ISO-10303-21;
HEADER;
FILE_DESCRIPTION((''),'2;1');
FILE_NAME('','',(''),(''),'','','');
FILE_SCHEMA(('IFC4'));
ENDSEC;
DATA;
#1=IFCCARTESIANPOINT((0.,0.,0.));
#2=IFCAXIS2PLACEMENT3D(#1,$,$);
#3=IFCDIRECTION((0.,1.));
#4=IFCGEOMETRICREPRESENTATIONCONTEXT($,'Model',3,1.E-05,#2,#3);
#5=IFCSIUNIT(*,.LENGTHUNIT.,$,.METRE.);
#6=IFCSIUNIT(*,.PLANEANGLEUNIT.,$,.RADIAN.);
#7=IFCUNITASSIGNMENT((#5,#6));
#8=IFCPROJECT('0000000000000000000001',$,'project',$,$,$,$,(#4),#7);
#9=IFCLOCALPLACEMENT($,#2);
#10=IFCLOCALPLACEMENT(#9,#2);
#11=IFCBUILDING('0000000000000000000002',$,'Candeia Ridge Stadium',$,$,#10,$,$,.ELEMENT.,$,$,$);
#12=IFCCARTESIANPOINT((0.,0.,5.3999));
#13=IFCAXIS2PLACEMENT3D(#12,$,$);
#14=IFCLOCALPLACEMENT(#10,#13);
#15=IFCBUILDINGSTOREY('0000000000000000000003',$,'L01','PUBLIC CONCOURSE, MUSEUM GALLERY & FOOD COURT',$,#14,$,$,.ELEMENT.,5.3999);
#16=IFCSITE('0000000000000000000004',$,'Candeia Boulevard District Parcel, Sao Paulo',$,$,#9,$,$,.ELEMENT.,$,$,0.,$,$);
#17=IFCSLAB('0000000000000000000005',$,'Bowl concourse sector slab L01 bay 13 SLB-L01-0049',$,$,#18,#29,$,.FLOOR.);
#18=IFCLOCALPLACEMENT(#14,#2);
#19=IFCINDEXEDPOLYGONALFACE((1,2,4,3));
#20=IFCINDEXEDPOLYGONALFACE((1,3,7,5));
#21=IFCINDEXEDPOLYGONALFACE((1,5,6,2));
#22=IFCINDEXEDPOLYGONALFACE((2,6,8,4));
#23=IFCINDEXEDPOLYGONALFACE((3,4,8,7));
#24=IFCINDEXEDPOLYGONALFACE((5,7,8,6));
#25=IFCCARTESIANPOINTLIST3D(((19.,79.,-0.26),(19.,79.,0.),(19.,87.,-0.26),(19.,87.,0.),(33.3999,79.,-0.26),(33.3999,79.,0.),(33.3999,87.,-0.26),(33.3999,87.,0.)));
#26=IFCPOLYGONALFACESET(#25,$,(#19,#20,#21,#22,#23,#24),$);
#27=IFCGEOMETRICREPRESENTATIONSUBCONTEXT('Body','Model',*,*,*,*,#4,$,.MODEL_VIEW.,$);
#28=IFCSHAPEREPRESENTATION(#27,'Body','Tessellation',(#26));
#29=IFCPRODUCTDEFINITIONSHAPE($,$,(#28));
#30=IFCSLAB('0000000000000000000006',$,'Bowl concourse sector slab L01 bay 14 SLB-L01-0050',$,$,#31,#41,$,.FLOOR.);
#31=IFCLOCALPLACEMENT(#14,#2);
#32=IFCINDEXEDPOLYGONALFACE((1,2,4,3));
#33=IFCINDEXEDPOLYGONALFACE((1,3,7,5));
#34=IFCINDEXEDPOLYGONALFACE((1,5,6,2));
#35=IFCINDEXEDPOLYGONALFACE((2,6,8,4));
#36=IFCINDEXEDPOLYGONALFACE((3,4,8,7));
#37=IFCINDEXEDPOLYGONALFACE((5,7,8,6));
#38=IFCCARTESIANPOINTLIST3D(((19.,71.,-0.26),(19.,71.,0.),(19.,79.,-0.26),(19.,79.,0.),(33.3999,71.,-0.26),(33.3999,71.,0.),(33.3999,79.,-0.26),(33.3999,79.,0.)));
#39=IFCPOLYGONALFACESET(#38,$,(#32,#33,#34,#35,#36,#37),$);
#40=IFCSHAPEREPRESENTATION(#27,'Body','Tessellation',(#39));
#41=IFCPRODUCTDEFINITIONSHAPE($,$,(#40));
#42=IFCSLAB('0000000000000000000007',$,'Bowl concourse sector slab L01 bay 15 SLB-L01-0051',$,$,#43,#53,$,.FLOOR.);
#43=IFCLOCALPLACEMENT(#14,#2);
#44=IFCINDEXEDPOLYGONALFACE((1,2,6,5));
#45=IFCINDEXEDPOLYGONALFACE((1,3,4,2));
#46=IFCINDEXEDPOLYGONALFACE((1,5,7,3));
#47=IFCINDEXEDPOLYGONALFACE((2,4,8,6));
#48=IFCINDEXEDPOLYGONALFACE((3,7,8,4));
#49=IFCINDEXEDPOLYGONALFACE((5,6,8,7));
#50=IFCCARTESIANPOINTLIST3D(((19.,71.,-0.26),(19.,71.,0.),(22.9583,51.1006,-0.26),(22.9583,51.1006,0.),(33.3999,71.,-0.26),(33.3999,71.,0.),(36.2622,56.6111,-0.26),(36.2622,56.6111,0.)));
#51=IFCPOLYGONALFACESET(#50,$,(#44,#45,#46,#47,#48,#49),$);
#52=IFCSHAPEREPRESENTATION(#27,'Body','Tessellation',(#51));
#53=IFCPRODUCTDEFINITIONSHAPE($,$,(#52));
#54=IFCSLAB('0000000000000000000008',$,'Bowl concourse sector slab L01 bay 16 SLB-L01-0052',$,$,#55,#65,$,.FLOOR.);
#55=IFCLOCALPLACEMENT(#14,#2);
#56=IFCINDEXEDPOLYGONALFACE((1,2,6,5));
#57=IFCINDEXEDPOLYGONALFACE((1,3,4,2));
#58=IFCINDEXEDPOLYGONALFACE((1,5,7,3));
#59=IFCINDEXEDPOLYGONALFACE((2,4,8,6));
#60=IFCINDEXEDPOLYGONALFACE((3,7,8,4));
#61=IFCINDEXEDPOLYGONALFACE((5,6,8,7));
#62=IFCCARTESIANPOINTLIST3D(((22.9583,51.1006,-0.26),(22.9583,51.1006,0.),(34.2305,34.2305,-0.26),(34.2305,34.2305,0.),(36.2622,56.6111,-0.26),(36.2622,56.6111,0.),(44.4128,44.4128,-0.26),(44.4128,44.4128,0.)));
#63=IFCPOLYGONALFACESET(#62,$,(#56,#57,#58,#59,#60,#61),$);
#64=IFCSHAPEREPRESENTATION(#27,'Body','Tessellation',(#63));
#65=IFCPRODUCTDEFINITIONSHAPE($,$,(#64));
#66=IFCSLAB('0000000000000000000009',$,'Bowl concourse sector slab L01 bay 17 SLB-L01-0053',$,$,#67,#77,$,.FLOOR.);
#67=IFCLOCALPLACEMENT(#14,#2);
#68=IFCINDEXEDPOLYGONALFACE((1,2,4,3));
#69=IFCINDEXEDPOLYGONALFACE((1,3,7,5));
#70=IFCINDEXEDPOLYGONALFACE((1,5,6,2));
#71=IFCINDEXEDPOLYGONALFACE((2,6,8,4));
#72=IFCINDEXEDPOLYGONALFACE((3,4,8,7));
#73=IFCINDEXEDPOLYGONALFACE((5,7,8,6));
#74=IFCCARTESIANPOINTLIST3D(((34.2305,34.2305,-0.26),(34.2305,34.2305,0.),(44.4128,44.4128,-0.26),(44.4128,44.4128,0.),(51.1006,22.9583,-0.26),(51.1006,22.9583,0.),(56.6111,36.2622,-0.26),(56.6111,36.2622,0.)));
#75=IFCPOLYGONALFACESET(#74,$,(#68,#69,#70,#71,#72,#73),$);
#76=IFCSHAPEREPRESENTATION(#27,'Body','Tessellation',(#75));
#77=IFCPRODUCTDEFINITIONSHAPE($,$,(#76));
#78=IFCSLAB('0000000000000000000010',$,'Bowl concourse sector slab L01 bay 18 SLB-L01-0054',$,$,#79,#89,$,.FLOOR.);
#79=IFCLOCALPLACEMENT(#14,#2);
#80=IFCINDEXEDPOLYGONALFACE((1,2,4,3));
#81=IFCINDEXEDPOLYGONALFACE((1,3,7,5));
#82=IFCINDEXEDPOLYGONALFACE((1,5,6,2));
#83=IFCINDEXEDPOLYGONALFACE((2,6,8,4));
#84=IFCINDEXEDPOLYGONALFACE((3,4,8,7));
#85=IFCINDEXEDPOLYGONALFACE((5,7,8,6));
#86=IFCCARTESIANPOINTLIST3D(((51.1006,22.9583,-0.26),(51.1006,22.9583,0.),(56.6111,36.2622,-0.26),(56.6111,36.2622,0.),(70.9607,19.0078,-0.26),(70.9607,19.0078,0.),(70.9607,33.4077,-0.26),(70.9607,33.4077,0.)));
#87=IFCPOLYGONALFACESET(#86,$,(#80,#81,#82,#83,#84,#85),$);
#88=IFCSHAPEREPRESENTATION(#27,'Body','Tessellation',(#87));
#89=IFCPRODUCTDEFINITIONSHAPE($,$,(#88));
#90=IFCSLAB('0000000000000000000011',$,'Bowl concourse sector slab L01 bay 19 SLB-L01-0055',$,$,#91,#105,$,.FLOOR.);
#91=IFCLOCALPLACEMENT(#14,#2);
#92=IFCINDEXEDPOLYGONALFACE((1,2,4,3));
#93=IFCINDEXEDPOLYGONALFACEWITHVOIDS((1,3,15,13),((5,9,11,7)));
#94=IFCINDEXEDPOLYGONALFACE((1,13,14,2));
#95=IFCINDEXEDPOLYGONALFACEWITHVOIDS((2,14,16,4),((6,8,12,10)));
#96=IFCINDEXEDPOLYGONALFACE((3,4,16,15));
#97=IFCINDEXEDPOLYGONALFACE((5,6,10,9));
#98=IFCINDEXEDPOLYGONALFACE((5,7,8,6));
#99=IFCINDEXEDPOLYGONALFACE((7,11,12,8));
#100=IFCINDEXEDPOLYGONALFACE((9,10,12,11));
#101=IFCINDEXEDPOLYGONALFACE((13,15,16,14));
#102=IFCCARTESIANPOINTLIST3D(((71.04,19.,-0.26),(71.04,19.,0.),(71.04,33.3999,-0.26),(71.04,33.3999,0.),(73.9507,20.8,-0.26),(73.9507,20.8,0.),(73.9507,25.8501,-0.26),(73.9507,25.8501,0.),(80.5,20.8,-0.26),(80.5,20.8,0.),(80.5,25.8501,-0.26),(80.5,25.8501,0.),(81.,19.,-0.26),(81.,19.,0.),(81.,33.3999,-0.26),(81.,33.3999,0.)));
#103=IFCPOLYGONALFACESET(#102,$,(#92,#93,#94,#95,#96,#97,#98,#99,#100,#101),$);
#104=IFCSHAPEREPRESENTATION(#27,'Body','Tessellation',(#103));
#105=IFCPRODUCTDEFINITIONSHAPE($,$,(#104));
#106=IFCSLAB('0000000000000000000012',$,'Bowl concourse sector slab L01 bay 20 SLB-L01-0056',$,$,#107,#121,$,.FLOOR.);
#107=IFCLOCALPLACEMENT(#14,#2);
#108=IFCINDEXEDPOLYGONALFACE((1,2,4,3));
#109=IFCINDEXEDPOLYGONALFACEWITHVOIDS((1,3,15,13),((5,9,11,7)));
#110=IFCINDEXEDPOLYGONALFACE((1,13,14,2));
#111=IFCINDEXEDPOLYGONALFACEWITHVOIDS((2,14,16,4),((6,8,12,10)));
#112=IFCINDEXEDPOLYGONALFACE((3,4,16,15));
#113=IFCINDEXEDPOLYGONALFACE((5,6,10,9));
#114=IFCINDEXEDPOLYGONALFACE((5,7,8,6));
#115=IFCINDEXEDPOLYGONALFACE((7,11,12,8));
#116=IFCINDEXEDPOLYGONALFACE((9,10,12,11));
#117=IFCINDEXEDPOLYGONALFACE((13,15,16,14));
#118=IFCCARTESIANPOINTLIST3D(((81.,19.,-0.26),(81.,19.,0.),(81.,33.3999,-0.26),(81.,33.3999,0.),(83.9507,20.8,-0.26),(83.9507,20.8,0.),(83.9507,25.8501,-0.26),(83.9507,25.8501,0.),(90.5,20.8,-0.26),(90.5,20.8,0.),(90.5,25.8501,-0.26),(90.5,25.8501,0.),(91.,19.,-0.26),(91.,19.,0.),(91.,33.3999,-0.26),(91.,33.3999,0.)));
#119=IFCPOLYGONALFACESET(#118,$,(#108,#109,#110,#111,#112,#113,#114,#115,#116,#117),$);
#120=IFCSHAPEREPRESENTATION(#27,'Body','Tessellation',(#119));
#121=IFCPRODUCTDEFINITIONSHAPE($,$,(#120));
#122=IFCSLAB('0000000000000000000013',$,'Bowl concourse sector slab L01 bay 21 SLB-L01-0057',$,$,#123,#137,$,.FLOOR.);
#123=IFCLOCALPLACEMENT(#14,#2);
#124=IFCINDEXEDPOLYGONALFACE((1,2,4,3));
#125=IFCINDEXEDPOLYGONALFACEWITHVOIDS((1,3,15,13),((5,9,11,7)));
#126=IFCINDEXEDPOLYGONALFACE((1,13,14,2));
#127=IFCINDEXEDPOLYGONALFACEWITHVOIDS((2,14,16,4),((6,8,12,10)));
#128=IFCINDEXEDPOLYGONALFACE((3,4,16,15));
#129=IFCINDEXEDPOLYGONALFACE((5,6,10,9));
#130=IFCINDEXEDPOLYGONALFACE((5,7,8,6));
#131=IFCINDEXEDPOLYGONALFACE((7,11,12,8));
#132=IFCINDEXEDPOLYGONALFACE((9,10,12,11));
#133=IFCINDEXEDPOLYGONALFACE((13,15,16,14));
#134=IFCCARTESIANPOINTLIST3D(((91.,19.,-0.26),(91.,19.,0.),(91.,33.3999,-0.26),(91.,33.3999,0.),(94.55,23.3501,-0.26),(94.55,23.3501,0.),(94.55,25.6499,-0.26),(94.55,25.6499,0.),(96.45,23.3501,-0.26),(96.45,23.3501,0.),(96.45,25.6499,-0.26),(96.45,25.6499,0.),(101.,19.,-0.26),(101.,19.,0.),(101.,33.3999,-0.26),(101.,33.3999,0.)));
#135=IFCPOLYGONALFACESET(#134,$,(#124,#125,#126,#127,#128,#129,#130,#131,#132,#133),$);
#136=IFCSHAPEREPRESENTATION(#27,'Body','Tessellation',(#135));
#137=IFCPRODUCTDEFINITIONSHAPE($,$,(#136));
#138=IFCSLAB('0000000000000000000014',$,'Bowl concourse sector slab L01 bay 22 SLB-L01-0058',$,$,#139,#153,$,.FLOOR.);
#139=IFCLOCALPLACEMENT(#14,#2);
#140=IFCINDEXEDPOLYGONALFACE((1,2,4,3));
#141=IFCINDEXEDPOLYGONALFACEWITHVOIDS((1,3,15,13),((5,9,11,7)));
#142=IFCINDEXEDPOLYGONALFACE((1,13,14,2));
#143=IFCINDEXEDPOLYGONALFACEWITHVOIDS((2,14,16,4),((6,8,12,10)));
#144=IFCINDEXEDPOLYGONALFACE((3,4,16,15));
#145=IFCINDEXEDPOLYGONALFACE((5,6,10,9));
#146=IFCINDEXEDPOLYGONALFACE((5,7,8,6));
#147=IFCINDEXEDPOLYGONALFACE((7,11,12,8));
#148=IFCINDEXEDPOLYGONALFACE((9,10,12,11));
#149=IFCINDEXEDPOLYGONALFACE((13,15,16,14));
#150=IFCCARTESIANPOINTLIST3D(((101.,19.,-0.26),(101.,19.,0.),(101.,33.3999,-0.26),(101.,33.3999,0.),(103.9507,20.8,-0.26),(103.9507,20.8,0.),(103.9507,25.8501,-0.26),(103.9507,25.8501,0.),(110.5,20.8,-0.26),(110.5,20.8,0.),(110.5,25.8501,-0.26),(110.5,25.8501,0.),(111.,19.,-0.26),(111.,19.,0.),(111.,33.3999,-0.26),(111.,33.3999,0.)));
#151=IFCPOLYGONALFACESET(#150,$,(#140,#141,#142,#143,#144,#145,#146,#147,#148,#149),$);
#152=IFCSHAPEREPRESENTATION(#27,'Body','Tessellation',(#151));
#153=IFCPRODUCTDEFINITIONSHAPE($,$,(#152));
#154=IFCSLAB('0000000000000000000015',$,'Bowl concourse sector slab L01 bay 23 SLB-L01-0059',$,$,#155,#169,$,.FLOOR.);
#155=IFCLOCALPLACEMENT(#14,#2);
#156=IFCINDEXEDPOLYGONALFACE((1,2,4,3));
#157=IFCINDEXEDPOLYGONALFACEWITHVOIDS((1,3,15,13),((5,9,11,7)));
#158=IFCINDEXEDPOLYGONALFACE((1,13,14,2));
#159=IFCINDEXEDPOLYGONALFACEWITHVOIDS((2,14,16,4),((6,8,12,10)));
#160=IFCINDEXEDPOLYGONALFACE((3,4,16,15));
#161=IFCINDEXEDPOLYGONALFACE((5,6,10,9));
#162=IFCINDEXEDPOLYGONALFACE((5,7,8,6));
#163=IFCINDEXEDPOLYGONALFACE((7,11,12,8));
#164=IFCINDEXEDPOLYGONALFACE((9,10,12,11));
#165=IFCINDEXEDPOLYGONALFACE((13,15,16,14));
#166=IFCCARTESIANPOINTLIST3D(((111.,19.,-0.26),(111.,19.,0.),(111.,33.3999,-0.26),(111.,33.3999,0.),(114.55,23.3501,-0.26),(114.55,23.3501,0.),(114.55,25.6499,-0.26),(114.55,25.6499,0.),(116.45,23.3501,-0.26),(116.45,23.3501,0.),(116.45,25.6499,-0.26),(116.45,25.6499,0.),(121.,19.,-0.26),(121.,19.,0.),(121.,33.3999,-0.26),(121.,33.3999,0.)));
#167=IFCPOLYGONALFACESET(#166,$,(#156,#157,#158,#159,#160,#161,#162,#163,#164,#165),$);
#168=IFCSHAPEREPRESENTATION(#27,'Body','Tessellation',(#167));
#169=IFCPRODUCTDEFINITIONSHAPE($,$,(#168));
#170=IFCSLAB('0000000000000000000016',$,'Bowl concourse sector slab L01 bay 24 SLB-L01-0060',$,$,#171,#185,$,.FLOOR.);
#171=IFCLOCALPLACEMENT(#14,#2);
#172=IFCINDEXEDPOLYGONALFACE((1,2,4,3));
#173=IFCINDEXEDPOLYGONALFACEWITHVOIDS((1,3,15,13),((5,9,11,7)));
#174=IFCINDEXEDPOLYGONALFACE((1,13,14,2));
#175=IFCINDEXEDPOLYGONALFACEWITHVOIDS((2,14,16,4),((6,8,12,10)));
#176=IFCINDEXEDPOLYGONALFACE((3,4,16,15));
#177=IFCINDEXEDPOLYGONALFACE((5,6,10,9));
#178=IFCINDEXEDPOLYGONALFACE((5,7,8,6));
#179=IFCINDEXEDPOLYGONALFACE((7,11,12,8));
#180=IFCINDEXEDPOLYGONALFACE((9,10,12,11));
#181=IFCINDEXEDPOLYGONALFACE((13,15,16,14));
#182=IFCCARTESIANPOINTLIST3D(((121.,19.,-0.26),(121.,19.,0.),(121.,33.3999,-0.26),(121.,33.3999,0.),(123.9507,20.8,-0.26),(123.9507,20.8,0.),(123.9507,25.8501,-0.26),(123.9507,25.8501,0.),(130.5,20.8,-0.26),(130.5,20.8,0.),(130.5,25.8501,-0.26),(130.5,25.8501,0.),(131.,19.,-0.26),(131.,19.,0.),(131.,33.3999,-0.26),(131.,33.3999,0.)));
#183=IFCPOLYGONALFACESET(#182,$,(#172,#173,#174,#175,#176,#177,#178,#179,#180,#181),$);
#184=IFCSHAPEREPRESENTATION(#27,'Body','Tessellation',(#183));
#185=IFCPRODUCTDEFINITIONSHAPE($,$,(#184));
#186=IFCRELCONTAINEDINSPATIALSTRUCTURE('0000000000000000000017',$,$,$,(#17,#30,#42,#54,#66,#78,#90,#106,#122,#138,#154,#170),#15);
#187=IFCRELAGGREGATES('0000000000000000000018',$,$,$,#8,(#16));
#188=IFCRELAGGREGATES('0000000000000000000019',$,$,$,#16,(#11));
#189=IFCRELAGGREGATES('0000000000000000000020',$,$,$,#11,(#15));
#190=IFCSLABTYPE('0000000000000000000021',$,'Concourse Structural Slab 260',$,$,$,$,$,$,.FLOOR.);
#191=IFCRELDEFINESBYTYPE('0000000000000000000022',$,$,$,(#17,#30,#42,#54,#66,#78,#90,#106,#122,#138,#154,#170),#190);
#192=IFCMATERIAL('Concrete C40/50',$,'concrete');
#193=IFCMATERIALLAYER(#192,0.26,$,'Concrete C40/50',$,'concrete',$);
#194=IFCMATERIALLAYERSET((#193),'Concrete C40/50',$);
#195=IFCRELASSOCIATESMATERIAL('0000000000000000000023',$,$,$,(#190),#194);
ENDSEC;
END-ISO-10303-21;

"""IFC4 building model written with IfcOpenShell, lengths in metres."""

from ifc_helpers import new_model, si_unit, direction, frame, origin, place, context, subcontext, project, spatial, polyline, outline, extrude, material, layer, layer_set, type_object, element, save


model = new_model("IFC4")

# Units and contexts
model_context = context("Model", 3, precision=1e-05, world=origin(), true_north=direction((0.0, 1.0)))
body_context = subcontext(model_context, "Body", "Model", "MODEL_VIEW")
ifc_project = project(units=[si_unit("LENGTHUNIT", "METRE"), si_unit("PLANEANGLEUNIT", "RADIAN")], contexts=[model_context])

# Site, building, storey
site_placement = place(None, origin())
site = spatial("IfcSite", under=ifc_project, at=site_placement, Name="Candeia Boulevard District Parcel, Sao Paulo", CompositionType="ELEMENT", RefElevation=0.0)
building_placement = place(site_placement, origin())
building = spatial("IfcBuilding", under=site, at=building_placement, Name="Candeia Ridge Stadium", CompositionType="ELEMENT")
storey_placement = place(building_placement, frame((0.0, 0.0, 5.3999)))
storey = spatial("IfcBuildingStorey", under=building, at=storey_placement, Name="L01", Description="PUBLIC CONCOURSE, MUSEUM GALLERY & FOOD COURT", CompositionType="ELEMENT", Elevation=5.3999)

# Slabs
ifc_material_1 = material(Name="Concrete C40/50", Category="concrete")
ifc_layer_1 = layer(ifc_material_1, 0.26, Name="Concrete C40/50", Category="concrete")
ifc_layer_set_1 = layer_set([ifc_layer_1], Name="Concrete C40/50")
slab_type = type_object("IfcSlabType", Name="Concourse Structural Slab 260", PredefinedType="FLOOR", material=ifc_layer_set_1)
slab_1_placement = place(storey_placement, frame((0.0, 0.0, -0.26)))
element("IfcSlab", 1, at=slab_1_placement, inside=storey, type_object=slab_type, Name="Bowl concourse sector slab L01 bay 13 SLB-L01-0049", PredefinedType="FLOOR", context=body_context, shape_type="SweptSolid", body=[
    extrude(outline(polyline([(33.3999, 79.0), (19.0, 79.0), (19.0, 87.0), (33.3999, 87.0), (33.3999, 79.0)])), origin(), (0.0, 0.0, 1.0), 0.26),
])
slab_2_placement = place(storey_placement, frame((0.0, 0.0, -0.26)))
element("IfcSlab", 2, at=slab_2_placement, inside=storey, type_object=slab_type, Name="Bowl concourse sector slab L01 bay 14 SLB-L01-0050", PredefinedType="FLOOR", context=body_context, shape_type="SweptSolid", body=[
    extrude(outline(polyline([(33.3999, 71.0), (19.0, 71.0), (19.0, 79.0), (33.3999, 79.0), (33.3999, 71.0)])), origin(), (0.0, 0.0, 1.0), 0.26),
])
slab_3_placement = place(storey_placement, frame((0.0, 0.0, -0.26)))
element("IfcSlab", 3, at=slab_3_placement, inside=storey, type_object=slab_type, Name="Bowl concourse sector slab L01 bay 15 SLB-L01-0051", PredefinedType="FLOOR", context=body_context, shape_type="SweptSolid", body=[
    extrude(outline(polyline([(36.2622, 56.6111), (22.9583, 51.1006), (19.0, 71.0), (33.3999, 71.0), (36.2622, 56.6111)])), origin(), (0.0, 0.0, 1.0), 0.26),
])
slab_4_placement = place(storey_placement, frame((0.0, 0.0, -0.26)))
element("IfcSlab", 4, at=slab_4_placement, inside=storey, type_object=slab_type, Name="Bowl concourse sector slab L01 bay 16 SLB-L01-0052", PredefinedType="FLOOR", context=body_context, shape_type="SweptSolid", body=[
    extrude(outline(polyline([(44.4128, 44.4128), (34.2305, 34.2305), (22.9583, 51.1006), (36.2622, 56.6111), (44.4128, 44.4128)])), origin(), (0.0, 0.0, 1.0), 0.26),
])
slab_5_placement = place(storey_placement, frame((0.0, 0.0, -0.26)))
element("IfcSlab", 5, at=slab_5_placement, inside=storey, type_object=slab_type, Name="Bowl concourse sector slab L01 bay 17 SLB-L01-0053", PredefinedType="FLOOR", context=body_context, shape_type="SweptSolid", body=[
    extrude(outline(polyline([(56.6111, 36.2622), (51.1006, 22.9583), (34.2305, 34.2305), (44.4128, 44.4128), (56.6111, 36.2622)])), origin(), (0.0, 0.0, 1.0), 0.26),
])
slab_6_placement = place(storey_placement, frame((0.0, 0.0, -0.26)))
element("IfcSlab", 6, at=slab_6_placement, inside=storey, type_object=slab_type, Name="Bowl concourse sector slab L01 bay 18 SLB-L01-0054", PredefinedType="FLOOR", context=body_context, shape_type="SweptSolid", body=[
    extrude(outline(polyline([(70.9607, 33.4077), (70.9607, 19.0078), (51.1006, 22.9583), (56.6111, 36.2622), (70.9607, 33.4077)])), origin(), (0.0, 0.0, 1.0), 0.26),
])
slab_7_placement = place(storey_placement, frame((0.0, 0.0, -0.26)))
element("IfcSlab", 7, at=slab_7_placement, inside=storey, type_object=slab_type, Name="Bowl concourse sector slab L01 bay 19 SLB-L01-0055", PredefinedType="FLOOR", context=body_context, shape_type="SweptSolid", body=[
    extrude(outline(polyline([(81.0, 33.3999), (81.0, 19.0), (71.04, 19.0), (71.04, 33.3999), (81.0, 33.3999)]), holes=[polyline([(73.9507, 20.8), (80.5, 20.8), (80.5, 25.8501), (73.9507, 25.8501), (73.9507, 20.8)])]), origin(), (0.0, 0.0, 1.0), 0.26),
])
slab_8_placement = place(storey_placement, frame((0.0, 0.0, -0.26)))
element("IfcSlab", 8, at=slab_8_placement, inside=storey, type_object=slab_type, Name="Bowl concourse sector slab L01 bay 20 SLB-L01-0056", PredefinedType="FLOOR", context=body_context, shape_type="SweptSolid", body=[
    extrude(outline(polyline([(91.0, 33.3999), (91.0, 19.0), (81.0, 19.0), (81.0, 33.3999), (91.0, 33.3999)]), holes=[polyline([(83.9507, 20.8), (90.5, 20.8), (90.5, 25.8501), (83.9507, 25.8501), (83.9507, 20.8)])]), origin(), (0.0, 0.0, 1.0), 0.26),
])
slab_9_placement = place(storey_placement, frame((0.0, 0.0, -0.26)))
element("IfcSlab", 9, at=slab_9_placement, inside=storey, type_object=slab_type, Name="Bowl concourse sector slab L01 bay 21 SLB-L01-0057", PredefinedType="FLOOR", context=body_context, shape_type="SweptSolid", body=[
    extrude(outline(polyline([(101.0, 33.3999), (101.0, 19.0), (91.0, 19.0), (91.0, 33.3999), (101.0, 33.3999)]), holes=[polyline([(96.45, 23.3501), (96.45, 25.6499), (94.55, 25.6499), (94.55, 23.3501), (96.45, 23.3501)])]), origin(), (0.0, 0.0, 1.0), 0.26),
])
slab_10_placement = place(storey_placement, frame((0.0, 0.0, -0.26)))
element("IfcSlab", 10, at=slab_10_placement, inside=storey, type_object=slab_type, Name="Bowl concourse sector slab L01 bay 22 SLB-L01-0058", PredefinedType="FLOOR", context=body_context, shape_type="SweptSolid", body=[
    extrude(outline(polyline([(111.0, 33.3999), (111.0, 19.0), (101.0, 19.0), (101.0, 33.3999), (111.0, 33.3999)]), holes=[polyline([(103.9507, 20.8), (110.5, 20.8), (110.5, 25.8501), (103.9507, 25.8501), (103.9507, 20.8)])]), origin(), (0.0, 0.0, 1.0), 0.26),
])
slab_11_placement = place(storey_placement, frame((0.0, 0.0, -0.26)))
element("IfcSlab", 11, at=slab_11_placement, inside=storey, type_object=slab_type, Name="Bowl concourse sector slab L01 bay 23 SLB-L01-0059", PredefinedType="FLOOR", context=body_context, shape_type="SweptSolid", body=[
    extrude(outline(polyline([(121.0, 33.3999), (121.0, 19.0), (111.0, 19.0), (111.0, 33.3999), (121.0, 33.3999)]), holes=[polyline([(116.45, 23.3501), (116.45, 25.6499), (114.55, 25.6499), (114.55, 23.3501), (116.45, 23.3501)])]), origin(), (0.0, 0.0, 1.0), 0.26),
])
slab_12_placement = place(storey_placement, frame((0.0, 0.0, -0.26)))
element("IfcSlab", 12, at=slab_12_placement, inside=storey, type_object=slab_type, Name="Bowl concourse sector slab L01 bay 24 SLB-L01-0060", PredefinedType="FLOOR", context=body_context, shape_type="SweptSolid", body=[
    extrude(outline(polyline([(131.0, 33.3999), (131.0, 19.0), (121.0, 19.0), (121.0, 33.3999), (131.0, 33.3999)]), holes=[polyline([(123.9507, 20.8), (130.5, 20.8), (130.5, 25.8501), (123.9507, 25.8501), (123.9507, 20.8)])]), origin(), (0.0, 0.0, 1.0), 0.26),
])

save(model, "model.ifc")
